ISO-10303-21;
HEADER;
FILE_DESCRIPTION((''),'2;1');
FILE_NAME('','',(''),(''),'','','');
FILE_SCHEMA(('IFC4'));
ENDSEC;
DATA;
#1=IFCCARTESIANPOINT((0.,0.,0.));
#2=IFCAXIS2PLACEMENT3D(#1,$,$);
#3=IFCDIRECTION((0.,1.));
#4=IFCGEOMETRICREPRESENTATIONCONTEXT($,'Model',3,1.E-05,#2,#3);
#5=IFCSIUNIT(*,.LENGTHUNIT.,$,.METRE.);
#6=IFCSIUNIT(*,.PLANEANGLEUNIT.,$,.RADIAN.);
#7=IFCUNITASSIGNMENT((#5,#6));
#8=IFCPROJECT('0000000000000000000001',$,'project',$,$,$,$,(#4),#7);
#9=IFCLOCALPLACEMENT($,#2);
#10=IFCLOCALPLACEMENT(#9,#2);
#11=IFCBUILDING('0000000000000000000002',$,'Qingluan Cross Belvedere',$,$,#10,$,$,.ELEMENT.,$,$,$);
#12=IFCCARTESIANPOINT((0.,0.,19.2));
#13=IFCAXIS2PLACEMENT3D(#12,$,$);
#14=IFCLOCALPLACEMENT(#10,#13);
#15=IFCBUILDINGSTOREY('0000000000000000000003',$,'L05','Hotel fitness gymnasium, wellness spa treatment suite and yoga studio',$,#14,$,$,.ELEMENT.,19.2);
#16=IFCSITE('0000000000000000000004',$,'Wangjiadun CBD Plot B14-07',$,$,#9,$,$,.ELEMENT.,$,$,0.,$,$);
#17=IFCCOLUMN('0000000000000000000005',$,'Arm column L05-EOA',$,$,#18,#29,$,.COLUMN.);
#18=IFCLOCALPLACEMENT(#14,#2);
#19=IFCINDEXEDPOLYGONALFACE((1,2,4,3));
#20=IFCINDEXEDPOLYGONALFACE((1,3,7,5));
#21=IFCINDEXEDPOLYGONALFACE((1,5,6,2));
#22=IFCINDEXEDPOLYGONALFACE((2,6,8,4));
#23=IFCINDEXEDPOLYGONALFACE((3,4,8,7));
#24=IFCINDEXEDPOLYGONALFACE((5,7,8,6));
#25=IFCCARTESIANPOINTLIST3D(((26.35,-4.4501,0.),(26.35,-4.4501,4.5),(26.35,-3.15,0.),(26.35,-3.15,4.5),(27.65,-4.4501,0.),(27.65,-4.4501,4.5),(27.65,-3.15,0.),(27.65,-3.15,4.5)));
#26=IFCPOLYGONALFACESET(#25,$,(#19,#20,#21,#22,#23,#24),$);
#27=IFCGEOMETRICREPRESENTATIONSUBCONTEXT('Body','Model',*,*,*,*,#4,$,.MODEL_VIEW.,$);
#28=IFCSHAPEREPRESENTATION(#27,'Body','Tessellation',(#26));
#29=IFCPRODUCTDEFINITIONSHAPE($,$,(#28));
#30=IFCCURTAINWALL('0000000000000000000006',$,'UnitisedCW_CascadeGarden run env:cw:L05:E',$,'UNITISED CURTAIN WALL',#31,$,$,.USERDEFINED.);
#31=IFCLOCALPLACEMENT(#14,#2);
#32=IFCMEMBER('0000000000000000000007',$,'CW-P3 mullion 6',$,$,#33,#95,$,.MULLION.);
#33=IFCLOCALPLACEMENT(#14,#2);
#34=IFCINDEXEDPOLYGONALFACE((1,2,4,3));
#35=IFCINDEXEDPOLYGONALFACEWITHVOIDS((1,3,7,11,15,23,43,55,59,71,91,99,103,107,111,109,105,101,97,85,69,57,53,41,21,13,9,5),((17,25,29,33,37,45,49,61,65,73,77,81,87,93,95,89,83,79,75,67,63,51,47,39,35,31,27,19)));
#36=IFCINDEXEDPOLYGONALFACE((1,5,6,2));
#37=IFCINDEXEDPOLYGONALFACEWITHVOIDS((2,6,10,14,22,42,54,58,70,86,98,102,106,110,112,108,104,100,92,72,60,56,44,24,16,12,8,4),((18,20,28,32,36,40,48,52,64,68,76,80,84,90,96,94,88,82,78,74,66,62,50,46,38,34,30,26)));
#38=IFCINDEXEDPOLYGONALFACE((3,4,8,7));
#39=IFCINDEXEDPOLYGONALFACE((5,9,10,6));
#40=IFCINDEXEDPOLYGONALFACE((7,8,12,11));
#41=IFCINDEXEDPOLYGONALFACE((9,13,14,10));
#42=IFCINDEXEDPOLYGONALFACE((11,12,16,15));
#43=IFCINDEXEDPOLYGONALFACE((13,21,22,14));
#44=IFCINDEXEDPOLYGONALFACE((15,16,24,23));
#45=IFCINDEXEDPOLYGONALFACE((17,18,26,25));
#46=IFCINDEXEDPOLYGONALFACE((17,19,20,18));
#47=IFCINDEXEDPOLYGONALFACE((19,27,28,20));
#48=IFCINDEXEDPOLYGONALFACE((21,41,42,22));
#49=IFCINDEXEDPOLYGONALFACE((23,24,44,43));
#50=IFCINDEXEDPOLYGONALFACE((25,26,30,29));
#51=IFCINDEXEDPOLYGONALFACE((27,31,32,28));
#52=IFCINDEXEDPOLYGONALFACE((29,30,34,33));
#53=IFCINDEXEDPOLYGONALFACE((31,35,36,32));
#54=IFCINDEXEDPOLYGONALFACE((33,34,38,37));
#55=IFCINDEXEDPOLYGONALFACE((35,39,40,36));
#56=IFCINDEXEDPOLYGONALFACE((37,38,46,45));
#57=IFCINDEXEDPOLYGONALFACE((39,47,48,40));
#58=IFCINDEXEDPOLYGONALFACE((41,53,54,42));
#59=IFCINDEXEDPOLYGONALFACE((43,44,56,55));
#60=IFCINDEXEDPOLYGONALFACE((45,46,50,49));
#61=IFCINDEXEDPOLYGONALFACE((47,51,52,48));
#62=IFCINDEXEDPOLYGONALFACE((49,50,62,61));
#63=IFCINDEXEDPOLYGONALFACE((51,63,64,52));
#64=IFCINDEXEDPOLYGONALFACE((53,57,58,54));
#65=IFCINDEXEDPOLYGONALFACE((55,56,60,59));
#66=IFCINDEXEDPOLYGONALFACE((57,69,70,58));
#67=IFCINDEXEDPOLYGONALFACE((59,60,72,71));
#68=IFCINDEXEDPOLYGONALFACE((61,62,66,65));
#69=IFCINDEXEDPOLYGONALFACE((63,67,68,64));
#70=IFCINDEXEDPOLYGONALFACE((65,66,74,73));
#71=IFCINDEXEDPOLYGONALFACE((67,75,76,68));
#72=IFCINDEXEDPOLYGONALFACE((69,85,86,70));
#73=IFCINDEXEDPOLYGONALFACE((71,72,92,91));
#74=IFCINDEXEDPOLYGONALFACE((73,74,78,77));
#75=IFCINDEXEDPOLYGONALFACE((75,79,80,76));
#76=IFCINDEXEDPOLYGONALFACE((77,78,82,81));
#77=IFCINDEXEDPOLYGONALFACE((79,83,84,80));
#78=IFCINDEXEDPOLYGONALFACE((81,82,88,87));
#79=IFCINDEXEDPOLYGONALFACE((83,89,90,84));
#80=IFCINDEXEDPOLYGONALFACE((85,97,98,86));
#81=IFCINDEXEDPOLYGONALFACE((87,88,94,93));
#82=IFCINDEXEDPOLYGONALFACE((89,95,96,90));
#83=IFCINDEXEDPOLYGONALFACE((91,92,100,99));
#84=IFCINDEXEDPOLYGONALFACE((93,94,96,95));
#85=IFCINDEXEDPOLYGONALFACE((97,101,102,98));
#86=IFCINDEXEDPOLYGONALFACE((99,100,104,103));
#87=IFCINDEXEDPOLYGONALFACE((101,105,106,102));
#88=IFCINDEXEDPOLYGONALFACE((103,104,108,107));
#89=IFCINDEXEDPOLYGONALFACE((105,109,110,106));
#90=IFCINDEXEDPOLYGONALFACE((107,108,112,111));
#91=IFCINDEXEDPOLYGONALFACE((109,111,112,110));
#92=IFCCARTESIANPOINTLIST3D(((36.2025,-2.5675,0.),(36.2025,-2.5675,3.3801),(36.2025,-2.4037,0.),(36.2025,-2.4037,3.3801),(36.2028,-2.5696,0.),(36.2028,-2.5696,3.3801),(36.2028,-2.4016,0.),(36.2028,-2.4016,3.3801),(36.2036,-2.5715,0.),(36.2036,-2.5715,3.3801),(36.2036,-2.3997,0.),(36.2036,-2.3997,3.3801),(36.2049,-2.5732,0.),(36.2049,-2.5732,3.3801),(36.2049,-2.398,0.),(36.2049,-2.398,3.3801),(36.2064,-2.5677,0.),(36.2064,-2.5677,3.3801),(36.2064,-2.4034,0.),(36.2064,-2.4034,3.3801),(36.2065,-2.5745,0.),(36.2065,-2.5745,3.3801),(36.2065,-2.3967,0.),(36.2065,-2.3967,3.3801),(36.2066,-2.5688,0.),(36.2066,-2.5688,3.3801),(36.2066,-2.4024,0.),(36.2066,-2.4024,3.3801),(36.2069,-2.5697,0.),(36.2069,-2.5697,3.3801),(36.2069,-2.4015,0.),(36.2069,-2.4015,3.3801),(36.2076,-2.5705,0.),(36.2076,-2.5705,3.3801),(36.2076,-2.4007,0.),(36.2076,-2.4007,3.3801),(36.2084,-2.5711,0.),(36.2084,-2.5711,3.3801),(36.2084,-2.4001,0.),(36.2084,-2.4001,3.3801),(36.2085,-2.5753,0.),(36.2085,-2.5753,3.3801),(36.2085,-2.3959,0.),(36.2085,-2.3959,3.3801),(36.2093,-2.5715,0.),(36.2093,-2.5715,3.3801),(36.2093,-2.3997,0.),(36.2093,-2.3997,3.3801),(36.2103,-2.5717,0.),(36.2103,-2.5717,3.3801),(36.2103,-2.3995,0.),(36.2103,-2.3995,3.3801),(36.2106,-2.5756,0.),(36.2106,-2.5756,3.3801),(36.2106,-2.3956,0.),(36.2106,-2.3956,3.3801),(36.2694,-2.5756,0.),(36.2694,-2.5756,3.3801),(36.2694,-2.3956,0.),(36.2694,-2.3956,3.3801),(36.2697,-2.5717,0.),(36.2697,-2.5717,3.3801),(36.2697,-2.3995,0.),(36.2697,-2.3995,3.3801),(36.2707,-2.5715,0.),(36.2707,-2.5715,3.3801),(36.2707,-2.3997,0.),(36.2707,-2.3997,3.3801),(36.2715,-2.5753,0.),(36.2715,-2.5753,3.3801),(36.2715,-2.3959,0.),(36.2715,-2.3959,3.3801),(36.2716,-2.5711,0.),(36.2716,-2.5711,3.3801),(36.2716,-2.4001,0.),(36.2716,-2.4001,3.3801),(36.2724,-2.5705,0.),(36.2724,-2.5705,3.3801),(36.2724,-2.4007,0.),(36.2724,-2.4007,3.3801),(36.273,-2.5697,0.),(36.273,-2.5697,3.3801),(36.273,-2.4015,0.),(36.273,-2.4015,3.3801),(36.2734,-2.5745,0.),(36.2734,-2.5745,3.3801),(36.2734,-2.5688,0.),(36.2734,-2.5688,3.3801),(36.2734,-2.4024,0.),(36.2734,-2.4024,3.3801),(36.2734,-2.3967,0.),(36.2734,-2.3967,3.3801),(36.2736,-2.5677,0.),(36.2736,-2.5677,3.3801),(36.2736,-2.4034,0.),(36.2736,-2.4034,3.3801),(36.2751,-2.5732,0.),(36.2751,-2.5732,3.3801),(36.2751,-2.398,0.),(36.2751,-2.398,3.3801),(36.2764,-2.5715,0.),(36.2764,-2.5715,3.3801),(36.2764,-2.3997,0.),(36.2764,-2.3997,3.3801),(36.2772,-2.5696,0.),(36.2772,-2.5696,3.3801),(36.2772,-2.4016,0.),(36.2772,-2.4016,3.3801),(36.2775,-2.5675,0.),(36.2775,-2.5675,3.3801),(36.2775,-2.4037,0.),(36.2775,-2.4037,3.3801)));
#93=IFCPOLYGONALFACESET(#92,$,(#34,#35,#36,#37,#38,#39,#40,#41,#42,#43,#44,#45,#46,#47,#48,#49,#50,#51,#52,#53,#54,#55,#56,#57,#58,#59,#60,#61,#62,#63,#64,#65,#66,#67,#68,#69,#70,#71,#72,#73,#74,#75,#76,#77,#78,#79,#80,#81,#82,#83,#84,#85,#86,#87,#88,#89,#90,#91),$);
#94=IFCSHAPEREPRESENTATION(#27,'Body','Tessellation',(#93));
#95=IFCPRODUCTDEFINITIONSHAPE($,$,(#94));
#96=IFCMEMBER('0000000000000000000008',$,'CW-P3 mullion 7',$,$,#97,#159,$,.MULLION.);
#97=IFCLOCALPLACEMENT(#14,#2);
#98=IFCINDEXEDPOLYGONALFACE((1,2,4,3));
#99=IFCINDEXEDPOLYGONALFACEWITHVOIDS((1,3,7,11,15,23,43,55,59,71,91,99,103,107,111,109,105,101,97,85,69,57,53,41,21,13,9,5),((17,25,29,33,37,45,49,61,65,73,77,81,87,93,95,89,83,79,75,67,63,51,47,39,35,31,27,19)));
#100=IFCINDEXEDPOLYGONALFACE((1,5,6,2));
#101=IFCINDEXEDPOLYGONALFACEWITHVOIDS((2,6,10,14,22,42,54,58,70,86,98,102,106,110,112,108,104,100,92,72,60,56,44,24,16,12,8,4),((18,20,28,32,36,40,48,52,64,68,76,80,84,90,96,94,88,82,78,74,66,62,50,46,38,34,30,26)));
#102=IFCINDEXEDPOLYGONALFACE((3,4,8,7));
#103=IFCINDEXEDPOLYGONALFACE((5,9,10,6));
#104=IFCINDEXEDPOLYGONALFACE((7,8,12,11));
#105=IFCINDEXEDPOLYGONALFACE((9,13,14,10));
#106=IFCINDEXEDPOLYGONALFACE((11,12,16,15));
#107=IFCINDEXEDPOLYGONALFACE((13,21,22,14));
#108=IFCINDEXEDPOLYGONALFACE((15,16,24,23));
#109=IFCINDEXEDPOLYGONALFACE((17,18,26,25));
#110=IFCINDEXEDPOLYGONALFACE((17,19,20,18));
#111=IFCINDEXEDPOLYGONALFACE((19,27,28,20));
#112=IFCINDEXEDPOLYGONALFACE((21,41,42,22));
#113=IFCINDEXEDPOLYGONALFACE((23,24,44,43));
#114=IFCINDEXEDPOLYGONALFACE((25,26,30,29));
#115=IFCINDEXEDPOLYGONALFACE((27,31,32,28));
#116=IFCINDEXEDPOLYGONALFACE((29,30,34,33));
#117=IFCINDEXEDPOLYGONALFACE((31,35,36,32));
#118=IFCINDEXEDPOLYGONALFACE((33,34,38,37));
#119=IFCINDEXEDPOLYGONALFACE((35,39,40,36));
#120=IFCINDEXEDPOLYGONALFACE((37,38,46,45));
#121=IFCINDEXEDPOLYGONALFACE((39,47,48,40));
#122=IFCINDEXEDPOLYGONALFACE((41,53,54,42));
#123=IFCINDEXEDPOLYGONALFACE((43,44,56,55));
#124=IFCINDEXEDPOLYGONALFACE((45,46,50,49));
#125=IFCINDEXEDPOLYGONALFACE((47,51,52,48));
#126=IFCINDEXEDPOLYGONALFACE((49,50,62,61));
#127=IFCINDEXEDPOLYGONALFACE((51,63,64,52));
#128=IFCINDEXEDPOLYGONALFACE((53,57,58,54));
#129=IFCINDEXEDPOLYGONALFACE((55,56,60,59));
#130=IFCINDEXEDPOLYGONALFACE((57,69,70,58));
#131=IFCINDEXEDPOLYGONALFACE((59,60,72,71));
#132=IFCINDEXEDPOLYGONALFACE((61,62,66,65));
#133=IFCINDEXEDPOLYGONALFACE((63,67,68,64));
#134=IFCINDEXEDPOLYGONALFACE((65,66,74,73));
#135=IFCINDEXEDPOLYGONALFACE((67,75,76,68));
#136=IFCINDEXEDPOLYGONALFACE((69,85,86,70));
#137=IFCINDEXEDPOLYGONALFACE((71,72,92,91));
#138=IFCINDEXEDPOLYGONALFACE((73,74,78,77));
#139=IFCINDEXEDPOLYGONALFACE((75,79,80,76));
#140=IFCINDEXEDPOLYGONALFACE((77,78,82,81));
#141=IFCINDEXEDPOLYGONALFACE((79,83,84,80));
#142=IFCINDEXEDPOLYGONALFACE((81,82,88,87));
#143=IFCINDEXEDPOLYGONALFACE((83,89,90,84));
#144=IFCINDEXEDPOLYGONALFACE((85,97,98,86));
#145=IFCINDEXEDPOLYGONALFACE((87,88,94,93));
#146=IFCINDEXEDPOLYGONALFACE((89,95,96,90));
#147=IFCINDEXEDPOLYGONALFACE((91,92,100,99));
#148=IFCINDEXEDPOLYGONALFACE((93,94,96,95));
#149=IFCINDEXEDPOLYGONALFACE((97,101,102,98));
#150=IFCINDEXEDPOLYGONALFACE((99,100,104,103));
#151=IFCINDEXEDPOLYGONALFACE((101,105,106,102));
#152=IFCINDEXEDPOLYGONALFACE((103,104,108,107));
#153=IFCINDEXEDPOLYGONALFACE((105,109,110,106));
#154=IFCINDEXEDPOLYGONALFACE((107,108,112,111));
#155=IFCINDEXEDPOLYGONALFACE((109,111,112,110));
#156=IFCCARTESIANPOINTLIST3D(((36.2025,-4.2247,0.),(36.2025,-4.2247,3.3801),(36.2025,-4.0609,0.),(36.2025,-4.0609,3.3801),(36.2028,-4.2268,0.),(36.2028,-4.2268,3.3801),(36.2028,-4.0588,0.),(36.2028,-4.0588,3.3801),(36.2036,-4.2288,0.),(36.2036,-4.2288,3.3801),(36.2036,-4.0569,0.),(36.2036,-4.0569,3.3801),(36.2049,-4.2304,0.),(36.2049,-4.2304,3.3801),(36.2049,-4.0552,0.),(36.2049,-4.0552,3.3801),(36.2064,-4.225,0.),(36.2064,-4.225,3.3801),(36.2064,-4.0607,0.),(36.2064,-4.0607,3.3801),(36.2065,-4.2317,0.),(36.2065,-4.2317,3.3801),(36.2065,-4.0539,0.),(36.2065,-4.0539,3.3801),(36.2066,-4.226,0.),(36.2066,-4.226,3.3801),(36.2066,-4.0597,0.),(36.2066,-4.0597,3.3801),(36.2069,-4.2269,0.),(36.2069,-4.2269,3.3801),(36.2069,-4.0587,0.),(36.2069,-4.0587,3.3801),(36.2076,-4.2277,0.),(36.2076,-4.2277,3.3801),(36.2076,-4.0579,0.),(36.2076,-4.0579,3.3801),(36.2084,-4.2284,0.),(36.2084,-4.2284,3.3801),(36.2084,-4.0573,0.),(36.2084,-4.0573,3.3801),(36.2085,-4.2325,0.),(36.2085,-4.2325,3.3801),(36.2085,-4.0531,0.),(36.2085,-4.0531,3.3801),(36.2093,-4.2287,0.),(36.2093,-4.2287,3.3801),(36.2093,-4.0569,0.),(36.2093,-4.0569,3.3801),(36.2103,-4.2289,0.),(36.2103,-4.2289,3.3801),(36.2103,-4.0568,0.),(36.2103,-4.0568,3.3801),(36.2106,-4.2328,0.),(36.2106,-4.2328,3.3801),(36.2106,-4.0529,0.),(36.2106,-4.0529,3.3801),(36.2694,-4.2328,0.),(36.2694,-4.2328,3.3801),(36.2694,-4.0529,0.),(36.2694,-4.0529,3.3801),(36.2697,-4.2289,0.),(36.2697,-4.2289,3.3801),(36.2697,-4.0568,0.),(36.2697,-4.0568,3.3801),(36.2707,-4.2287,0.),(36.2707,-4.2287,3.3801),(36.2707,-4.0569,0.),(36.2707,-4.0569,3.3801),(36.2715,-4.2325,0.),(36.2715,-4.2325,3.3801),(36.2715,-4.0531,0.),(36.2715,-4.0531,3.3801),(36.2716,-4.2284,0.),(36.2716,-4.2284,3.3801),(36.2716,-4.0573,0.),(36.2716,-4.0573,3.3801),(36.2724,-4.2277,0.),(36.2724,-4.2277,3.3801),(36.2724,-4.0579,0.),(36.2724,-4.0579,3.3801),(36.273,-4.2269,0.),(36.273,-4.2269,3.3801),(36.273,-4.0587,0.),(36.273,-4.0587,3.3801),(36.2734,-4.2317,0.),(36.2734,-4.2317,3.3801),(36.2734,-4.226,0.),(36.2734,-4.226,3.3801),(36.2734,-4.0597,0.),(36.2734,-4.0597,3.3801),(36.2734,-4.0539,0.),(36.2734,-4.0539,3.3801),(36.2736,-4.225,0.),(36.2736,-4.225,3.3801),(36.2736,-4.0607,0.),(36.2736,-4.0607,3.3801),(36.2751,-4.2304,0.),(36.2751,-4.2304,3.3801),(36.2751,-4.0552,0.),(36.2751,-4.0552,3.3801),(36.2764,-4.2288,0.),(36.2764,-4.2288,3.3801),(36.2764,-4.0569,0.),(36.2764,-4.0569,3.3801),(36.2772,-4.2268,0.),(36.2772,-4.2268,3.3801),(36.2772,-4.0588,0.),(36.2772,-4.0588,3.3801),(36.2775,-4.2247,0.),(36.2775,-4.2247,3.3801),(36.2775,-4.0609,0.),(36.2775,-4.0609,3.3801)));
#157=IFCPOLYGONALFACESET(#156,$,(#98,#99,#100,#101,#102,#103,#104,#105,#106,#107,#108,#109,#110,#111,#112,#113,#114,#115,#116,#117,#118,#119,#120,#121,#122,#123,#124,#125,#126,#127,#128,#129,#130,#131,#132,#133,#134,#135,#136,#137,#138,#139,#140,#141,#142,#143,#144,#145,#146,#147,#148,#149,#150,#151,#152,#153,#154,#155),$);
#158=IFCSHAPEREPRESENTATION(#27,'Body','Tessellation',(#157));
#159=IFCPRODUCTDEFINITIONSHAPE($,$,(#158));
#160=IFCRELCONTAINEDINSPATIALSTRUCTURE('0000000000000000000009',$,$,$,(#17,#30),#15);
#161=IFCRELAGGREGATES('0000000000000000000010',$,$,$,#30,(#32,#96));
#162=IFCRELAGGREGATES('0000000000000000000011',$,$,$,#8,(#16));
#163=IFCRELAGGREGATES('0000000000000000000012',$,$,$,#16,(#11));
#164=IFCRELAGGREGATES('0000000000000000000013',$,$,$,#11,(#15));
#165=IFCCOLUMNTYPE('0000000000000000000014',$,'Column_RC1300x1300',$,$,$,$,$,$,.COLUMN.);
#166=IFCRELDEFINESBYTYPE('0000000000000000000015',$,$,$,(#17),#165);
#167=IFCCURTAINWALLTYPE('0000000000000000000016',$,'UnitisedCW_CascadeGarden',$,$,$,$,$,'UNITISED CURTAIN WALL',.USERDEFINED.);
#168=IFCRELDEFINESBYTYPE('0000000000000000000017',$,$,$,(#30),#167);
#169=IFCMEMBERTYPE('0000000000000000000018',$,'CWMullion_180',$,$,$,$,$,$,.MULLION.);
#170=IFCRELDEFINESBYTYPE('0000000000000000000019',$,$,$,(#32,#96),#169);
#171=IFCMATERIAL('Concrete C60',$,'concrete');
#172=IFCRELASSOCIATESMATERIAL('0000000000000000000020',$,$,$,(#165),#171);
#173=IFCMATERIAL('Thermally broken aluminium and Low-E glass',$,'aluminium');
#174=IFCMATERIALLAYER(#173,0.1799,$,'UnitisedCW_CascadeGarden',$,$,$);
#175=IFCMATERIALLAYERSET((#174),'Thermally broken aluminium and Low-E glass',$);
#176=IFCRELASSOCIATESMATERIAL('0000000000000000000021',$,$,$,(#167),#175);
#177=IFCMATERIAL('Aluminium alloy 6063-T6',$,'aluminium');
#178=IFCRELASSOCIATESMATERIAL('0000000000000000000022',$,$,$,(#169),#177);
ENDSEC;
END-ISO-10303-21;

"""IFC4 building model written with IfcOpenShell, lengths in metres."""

from ifc_helpers import new_model, si_unit, direction, frame, origin, origin_2d, place, context, subcontext, project, spatial, rectangle, hollow_rectangle, extrude, material, layer, layer_set, material_profile, profile_set, type_object, element, aggregate, save


model = new_model("IFC4")

# Units and contexts
model_context = context("Model", 3, precision=1e-05, world=origin(), true_north=direction((0.0, 1.0)))
body_context = subcontext(model_context, "Body", "Model", "MODEL_VIEW")
ifc_project = project(units=[si_unit("LENGTHUNIT", "METRE"), si_unit("PLANEANGLEUNIT", "RADIAN")], contexts=[model_context])

# Site, building, storey
site_placement = place(None, origin())
site = spatial("IfcSite", under=ifc_project, at=site_placement, Name="Wangjiadun CBD Plot B14-07", CompositionType="ELEMENT", RefElevation=0.0)
building_placement = place(site_placement, origin())
building = spatial("IfcBuilding", under=site, at=building_placement, Name="Qingluan Cross Belvedere", CompositionType="ELEMENT")
storey_placement = place(building_placement, frame((0.0, 0.0, 19.2)))
storey = spatial("IfcBuildingStorey", under=building, at=storey_placement, Name="L05", Description="Hotel fitness gymnasium, wellness spa treatment suite and yoga studio", CompositionType="ELEMENT", Elevation=19.2)

# Column
ifc_material_1 = material(Name="Concrete C60", Category="concrete")
ifc_material_profile_1 = material_profile(ifc_material_1, rectangle(XDim=1.3, YDim=1.3, at=origin_2d()), Name="RC1300x1300")
ifc_profile_set_1 = profile_set([ifc_material_profile_1], Name="Concrete C60")
column_type = type_object("IfcColumnType", Name="Column_RC1300x1300", PredefinedType="COLUMN", material=ifc_profile_set_1)
column_placement = place(storey_placement, frame((27.0, -3.8, 0.0), z_axis=(0.0, 0.0, 1.0), x_axis=(1.0, 0.0, 0.0)))
element("IfcColumn", 1, at=column_placement, inside=storey, type_object=column_type, Name="Arm column L05-EOA", PredefinedType="COLUMN", context=body_context, shape_type="SweptSolid", body=[
    extrude(rectangle(XDim=1.3, YDim=1.3, at=origin_2d()), origin(), (0.0, 0.0, 1.0), 4.5),
])

# Curtain wall, members
ifc_material_2 = material(Name="Thermally broken aluminium and Low-E glass", Category="aluminium")
ifc_layer_1 = layer(ifc_material_2, 0.1799, Name="UnitisedCW_CascadeGarden")
ifc_layer_set_1 = layer_set([ifc_layer_1], Name="Thermally broken aluminium and Low-E glass")
curtain_wall_type = type_object("IfcCurtainWallType", Name="UnitisedCW_CascadeGarden", ElementType="UNITISED CURTAIN WALL", PredefinedType="USERDEFINED", material=ifc_layer_set_1)
curtain_wall_placement = place(storey_placement, origin())
curtain_wall = element("IfcCurtainWall", 2, at=curtain_wall_placement, inside=storey, type_object=curtain_wall_type, Name="UnitisedCW_CascadeGarden run env:cw:L05:E", ObjectType="UNITISED CURTAIN WALL", PredefinedType="USERDEFINED")
ifc_material_3 = material(Name="Aluminium alloy 6063-T6", Category="aluminium")
ifc_material_profile_2 = material_profile(ifc_material_3, hollow_rectangle(XDim=0.075, YDim=0.1799, WallThickness=0.0039, InnerFilletRadius=0.0039, OuterFilletRadius=0.0081, at=origin_2d()), Name="CWM180x75x4")
ifc_profile_set_2 = profile_set([ifc_material_profile_2], Name="Aluminium alloy 6063-T6")
member_type_1 = type_object("IfcMemberType", Name="CWMullion_180", PredefinedType="MULLION", material=ifc_profile_set_2)
member_1_placement = place(storey_placement, frame((36.24, -2.4856, 0.0), z_axis=(0.0, 0.0, 1.0), x_axis=(1.0, 0.0, 0.0)))
member_1 = element("IfcMember", 3, at=member_1_placement, type_object=member_type_1, Name="CW-P3 mullion 6", PredefinedType="MULLION", context=body_context, shape_type="SweptSolid", body=[
    extrude(hollow_rectangle(XDim=0.075, YDim=0.1799, WallThickness=0.0039, InnerFilletRadius=0.0039, OuterFilletRadius=0.0081, at=origin_2d()), origin(), (0.0, 0.0, 1.0), 3.3801),
])
member_2_placement = place(storey_placement, frame((36.24, -4.1428, 0.0), z_axis=(0.0, 0.0, 1.0), x_axis=(1.0, 0.0, 0.0)))
member_2 = element("IfcMember", 4, at=member_2_placement, type_object=member_type_1, Name="CW-P3 mullion 7", PredefinedType="MULLION", context=body_context, shape_type="SweptSolid", body=[
    extrude(hollow_rectangle(XDim=0.075, YDim=0.1799, WallThickness=0.0039, InnerFilletRadius=0.0039, OuterFilletRadius=0.0081, at=origin_2d()), origin(), (0.0, 0.0, 1.0), 3.3801),
])

aggregate(curtain_wall, [member_1, member_2])

save(model, "model.ifc")
